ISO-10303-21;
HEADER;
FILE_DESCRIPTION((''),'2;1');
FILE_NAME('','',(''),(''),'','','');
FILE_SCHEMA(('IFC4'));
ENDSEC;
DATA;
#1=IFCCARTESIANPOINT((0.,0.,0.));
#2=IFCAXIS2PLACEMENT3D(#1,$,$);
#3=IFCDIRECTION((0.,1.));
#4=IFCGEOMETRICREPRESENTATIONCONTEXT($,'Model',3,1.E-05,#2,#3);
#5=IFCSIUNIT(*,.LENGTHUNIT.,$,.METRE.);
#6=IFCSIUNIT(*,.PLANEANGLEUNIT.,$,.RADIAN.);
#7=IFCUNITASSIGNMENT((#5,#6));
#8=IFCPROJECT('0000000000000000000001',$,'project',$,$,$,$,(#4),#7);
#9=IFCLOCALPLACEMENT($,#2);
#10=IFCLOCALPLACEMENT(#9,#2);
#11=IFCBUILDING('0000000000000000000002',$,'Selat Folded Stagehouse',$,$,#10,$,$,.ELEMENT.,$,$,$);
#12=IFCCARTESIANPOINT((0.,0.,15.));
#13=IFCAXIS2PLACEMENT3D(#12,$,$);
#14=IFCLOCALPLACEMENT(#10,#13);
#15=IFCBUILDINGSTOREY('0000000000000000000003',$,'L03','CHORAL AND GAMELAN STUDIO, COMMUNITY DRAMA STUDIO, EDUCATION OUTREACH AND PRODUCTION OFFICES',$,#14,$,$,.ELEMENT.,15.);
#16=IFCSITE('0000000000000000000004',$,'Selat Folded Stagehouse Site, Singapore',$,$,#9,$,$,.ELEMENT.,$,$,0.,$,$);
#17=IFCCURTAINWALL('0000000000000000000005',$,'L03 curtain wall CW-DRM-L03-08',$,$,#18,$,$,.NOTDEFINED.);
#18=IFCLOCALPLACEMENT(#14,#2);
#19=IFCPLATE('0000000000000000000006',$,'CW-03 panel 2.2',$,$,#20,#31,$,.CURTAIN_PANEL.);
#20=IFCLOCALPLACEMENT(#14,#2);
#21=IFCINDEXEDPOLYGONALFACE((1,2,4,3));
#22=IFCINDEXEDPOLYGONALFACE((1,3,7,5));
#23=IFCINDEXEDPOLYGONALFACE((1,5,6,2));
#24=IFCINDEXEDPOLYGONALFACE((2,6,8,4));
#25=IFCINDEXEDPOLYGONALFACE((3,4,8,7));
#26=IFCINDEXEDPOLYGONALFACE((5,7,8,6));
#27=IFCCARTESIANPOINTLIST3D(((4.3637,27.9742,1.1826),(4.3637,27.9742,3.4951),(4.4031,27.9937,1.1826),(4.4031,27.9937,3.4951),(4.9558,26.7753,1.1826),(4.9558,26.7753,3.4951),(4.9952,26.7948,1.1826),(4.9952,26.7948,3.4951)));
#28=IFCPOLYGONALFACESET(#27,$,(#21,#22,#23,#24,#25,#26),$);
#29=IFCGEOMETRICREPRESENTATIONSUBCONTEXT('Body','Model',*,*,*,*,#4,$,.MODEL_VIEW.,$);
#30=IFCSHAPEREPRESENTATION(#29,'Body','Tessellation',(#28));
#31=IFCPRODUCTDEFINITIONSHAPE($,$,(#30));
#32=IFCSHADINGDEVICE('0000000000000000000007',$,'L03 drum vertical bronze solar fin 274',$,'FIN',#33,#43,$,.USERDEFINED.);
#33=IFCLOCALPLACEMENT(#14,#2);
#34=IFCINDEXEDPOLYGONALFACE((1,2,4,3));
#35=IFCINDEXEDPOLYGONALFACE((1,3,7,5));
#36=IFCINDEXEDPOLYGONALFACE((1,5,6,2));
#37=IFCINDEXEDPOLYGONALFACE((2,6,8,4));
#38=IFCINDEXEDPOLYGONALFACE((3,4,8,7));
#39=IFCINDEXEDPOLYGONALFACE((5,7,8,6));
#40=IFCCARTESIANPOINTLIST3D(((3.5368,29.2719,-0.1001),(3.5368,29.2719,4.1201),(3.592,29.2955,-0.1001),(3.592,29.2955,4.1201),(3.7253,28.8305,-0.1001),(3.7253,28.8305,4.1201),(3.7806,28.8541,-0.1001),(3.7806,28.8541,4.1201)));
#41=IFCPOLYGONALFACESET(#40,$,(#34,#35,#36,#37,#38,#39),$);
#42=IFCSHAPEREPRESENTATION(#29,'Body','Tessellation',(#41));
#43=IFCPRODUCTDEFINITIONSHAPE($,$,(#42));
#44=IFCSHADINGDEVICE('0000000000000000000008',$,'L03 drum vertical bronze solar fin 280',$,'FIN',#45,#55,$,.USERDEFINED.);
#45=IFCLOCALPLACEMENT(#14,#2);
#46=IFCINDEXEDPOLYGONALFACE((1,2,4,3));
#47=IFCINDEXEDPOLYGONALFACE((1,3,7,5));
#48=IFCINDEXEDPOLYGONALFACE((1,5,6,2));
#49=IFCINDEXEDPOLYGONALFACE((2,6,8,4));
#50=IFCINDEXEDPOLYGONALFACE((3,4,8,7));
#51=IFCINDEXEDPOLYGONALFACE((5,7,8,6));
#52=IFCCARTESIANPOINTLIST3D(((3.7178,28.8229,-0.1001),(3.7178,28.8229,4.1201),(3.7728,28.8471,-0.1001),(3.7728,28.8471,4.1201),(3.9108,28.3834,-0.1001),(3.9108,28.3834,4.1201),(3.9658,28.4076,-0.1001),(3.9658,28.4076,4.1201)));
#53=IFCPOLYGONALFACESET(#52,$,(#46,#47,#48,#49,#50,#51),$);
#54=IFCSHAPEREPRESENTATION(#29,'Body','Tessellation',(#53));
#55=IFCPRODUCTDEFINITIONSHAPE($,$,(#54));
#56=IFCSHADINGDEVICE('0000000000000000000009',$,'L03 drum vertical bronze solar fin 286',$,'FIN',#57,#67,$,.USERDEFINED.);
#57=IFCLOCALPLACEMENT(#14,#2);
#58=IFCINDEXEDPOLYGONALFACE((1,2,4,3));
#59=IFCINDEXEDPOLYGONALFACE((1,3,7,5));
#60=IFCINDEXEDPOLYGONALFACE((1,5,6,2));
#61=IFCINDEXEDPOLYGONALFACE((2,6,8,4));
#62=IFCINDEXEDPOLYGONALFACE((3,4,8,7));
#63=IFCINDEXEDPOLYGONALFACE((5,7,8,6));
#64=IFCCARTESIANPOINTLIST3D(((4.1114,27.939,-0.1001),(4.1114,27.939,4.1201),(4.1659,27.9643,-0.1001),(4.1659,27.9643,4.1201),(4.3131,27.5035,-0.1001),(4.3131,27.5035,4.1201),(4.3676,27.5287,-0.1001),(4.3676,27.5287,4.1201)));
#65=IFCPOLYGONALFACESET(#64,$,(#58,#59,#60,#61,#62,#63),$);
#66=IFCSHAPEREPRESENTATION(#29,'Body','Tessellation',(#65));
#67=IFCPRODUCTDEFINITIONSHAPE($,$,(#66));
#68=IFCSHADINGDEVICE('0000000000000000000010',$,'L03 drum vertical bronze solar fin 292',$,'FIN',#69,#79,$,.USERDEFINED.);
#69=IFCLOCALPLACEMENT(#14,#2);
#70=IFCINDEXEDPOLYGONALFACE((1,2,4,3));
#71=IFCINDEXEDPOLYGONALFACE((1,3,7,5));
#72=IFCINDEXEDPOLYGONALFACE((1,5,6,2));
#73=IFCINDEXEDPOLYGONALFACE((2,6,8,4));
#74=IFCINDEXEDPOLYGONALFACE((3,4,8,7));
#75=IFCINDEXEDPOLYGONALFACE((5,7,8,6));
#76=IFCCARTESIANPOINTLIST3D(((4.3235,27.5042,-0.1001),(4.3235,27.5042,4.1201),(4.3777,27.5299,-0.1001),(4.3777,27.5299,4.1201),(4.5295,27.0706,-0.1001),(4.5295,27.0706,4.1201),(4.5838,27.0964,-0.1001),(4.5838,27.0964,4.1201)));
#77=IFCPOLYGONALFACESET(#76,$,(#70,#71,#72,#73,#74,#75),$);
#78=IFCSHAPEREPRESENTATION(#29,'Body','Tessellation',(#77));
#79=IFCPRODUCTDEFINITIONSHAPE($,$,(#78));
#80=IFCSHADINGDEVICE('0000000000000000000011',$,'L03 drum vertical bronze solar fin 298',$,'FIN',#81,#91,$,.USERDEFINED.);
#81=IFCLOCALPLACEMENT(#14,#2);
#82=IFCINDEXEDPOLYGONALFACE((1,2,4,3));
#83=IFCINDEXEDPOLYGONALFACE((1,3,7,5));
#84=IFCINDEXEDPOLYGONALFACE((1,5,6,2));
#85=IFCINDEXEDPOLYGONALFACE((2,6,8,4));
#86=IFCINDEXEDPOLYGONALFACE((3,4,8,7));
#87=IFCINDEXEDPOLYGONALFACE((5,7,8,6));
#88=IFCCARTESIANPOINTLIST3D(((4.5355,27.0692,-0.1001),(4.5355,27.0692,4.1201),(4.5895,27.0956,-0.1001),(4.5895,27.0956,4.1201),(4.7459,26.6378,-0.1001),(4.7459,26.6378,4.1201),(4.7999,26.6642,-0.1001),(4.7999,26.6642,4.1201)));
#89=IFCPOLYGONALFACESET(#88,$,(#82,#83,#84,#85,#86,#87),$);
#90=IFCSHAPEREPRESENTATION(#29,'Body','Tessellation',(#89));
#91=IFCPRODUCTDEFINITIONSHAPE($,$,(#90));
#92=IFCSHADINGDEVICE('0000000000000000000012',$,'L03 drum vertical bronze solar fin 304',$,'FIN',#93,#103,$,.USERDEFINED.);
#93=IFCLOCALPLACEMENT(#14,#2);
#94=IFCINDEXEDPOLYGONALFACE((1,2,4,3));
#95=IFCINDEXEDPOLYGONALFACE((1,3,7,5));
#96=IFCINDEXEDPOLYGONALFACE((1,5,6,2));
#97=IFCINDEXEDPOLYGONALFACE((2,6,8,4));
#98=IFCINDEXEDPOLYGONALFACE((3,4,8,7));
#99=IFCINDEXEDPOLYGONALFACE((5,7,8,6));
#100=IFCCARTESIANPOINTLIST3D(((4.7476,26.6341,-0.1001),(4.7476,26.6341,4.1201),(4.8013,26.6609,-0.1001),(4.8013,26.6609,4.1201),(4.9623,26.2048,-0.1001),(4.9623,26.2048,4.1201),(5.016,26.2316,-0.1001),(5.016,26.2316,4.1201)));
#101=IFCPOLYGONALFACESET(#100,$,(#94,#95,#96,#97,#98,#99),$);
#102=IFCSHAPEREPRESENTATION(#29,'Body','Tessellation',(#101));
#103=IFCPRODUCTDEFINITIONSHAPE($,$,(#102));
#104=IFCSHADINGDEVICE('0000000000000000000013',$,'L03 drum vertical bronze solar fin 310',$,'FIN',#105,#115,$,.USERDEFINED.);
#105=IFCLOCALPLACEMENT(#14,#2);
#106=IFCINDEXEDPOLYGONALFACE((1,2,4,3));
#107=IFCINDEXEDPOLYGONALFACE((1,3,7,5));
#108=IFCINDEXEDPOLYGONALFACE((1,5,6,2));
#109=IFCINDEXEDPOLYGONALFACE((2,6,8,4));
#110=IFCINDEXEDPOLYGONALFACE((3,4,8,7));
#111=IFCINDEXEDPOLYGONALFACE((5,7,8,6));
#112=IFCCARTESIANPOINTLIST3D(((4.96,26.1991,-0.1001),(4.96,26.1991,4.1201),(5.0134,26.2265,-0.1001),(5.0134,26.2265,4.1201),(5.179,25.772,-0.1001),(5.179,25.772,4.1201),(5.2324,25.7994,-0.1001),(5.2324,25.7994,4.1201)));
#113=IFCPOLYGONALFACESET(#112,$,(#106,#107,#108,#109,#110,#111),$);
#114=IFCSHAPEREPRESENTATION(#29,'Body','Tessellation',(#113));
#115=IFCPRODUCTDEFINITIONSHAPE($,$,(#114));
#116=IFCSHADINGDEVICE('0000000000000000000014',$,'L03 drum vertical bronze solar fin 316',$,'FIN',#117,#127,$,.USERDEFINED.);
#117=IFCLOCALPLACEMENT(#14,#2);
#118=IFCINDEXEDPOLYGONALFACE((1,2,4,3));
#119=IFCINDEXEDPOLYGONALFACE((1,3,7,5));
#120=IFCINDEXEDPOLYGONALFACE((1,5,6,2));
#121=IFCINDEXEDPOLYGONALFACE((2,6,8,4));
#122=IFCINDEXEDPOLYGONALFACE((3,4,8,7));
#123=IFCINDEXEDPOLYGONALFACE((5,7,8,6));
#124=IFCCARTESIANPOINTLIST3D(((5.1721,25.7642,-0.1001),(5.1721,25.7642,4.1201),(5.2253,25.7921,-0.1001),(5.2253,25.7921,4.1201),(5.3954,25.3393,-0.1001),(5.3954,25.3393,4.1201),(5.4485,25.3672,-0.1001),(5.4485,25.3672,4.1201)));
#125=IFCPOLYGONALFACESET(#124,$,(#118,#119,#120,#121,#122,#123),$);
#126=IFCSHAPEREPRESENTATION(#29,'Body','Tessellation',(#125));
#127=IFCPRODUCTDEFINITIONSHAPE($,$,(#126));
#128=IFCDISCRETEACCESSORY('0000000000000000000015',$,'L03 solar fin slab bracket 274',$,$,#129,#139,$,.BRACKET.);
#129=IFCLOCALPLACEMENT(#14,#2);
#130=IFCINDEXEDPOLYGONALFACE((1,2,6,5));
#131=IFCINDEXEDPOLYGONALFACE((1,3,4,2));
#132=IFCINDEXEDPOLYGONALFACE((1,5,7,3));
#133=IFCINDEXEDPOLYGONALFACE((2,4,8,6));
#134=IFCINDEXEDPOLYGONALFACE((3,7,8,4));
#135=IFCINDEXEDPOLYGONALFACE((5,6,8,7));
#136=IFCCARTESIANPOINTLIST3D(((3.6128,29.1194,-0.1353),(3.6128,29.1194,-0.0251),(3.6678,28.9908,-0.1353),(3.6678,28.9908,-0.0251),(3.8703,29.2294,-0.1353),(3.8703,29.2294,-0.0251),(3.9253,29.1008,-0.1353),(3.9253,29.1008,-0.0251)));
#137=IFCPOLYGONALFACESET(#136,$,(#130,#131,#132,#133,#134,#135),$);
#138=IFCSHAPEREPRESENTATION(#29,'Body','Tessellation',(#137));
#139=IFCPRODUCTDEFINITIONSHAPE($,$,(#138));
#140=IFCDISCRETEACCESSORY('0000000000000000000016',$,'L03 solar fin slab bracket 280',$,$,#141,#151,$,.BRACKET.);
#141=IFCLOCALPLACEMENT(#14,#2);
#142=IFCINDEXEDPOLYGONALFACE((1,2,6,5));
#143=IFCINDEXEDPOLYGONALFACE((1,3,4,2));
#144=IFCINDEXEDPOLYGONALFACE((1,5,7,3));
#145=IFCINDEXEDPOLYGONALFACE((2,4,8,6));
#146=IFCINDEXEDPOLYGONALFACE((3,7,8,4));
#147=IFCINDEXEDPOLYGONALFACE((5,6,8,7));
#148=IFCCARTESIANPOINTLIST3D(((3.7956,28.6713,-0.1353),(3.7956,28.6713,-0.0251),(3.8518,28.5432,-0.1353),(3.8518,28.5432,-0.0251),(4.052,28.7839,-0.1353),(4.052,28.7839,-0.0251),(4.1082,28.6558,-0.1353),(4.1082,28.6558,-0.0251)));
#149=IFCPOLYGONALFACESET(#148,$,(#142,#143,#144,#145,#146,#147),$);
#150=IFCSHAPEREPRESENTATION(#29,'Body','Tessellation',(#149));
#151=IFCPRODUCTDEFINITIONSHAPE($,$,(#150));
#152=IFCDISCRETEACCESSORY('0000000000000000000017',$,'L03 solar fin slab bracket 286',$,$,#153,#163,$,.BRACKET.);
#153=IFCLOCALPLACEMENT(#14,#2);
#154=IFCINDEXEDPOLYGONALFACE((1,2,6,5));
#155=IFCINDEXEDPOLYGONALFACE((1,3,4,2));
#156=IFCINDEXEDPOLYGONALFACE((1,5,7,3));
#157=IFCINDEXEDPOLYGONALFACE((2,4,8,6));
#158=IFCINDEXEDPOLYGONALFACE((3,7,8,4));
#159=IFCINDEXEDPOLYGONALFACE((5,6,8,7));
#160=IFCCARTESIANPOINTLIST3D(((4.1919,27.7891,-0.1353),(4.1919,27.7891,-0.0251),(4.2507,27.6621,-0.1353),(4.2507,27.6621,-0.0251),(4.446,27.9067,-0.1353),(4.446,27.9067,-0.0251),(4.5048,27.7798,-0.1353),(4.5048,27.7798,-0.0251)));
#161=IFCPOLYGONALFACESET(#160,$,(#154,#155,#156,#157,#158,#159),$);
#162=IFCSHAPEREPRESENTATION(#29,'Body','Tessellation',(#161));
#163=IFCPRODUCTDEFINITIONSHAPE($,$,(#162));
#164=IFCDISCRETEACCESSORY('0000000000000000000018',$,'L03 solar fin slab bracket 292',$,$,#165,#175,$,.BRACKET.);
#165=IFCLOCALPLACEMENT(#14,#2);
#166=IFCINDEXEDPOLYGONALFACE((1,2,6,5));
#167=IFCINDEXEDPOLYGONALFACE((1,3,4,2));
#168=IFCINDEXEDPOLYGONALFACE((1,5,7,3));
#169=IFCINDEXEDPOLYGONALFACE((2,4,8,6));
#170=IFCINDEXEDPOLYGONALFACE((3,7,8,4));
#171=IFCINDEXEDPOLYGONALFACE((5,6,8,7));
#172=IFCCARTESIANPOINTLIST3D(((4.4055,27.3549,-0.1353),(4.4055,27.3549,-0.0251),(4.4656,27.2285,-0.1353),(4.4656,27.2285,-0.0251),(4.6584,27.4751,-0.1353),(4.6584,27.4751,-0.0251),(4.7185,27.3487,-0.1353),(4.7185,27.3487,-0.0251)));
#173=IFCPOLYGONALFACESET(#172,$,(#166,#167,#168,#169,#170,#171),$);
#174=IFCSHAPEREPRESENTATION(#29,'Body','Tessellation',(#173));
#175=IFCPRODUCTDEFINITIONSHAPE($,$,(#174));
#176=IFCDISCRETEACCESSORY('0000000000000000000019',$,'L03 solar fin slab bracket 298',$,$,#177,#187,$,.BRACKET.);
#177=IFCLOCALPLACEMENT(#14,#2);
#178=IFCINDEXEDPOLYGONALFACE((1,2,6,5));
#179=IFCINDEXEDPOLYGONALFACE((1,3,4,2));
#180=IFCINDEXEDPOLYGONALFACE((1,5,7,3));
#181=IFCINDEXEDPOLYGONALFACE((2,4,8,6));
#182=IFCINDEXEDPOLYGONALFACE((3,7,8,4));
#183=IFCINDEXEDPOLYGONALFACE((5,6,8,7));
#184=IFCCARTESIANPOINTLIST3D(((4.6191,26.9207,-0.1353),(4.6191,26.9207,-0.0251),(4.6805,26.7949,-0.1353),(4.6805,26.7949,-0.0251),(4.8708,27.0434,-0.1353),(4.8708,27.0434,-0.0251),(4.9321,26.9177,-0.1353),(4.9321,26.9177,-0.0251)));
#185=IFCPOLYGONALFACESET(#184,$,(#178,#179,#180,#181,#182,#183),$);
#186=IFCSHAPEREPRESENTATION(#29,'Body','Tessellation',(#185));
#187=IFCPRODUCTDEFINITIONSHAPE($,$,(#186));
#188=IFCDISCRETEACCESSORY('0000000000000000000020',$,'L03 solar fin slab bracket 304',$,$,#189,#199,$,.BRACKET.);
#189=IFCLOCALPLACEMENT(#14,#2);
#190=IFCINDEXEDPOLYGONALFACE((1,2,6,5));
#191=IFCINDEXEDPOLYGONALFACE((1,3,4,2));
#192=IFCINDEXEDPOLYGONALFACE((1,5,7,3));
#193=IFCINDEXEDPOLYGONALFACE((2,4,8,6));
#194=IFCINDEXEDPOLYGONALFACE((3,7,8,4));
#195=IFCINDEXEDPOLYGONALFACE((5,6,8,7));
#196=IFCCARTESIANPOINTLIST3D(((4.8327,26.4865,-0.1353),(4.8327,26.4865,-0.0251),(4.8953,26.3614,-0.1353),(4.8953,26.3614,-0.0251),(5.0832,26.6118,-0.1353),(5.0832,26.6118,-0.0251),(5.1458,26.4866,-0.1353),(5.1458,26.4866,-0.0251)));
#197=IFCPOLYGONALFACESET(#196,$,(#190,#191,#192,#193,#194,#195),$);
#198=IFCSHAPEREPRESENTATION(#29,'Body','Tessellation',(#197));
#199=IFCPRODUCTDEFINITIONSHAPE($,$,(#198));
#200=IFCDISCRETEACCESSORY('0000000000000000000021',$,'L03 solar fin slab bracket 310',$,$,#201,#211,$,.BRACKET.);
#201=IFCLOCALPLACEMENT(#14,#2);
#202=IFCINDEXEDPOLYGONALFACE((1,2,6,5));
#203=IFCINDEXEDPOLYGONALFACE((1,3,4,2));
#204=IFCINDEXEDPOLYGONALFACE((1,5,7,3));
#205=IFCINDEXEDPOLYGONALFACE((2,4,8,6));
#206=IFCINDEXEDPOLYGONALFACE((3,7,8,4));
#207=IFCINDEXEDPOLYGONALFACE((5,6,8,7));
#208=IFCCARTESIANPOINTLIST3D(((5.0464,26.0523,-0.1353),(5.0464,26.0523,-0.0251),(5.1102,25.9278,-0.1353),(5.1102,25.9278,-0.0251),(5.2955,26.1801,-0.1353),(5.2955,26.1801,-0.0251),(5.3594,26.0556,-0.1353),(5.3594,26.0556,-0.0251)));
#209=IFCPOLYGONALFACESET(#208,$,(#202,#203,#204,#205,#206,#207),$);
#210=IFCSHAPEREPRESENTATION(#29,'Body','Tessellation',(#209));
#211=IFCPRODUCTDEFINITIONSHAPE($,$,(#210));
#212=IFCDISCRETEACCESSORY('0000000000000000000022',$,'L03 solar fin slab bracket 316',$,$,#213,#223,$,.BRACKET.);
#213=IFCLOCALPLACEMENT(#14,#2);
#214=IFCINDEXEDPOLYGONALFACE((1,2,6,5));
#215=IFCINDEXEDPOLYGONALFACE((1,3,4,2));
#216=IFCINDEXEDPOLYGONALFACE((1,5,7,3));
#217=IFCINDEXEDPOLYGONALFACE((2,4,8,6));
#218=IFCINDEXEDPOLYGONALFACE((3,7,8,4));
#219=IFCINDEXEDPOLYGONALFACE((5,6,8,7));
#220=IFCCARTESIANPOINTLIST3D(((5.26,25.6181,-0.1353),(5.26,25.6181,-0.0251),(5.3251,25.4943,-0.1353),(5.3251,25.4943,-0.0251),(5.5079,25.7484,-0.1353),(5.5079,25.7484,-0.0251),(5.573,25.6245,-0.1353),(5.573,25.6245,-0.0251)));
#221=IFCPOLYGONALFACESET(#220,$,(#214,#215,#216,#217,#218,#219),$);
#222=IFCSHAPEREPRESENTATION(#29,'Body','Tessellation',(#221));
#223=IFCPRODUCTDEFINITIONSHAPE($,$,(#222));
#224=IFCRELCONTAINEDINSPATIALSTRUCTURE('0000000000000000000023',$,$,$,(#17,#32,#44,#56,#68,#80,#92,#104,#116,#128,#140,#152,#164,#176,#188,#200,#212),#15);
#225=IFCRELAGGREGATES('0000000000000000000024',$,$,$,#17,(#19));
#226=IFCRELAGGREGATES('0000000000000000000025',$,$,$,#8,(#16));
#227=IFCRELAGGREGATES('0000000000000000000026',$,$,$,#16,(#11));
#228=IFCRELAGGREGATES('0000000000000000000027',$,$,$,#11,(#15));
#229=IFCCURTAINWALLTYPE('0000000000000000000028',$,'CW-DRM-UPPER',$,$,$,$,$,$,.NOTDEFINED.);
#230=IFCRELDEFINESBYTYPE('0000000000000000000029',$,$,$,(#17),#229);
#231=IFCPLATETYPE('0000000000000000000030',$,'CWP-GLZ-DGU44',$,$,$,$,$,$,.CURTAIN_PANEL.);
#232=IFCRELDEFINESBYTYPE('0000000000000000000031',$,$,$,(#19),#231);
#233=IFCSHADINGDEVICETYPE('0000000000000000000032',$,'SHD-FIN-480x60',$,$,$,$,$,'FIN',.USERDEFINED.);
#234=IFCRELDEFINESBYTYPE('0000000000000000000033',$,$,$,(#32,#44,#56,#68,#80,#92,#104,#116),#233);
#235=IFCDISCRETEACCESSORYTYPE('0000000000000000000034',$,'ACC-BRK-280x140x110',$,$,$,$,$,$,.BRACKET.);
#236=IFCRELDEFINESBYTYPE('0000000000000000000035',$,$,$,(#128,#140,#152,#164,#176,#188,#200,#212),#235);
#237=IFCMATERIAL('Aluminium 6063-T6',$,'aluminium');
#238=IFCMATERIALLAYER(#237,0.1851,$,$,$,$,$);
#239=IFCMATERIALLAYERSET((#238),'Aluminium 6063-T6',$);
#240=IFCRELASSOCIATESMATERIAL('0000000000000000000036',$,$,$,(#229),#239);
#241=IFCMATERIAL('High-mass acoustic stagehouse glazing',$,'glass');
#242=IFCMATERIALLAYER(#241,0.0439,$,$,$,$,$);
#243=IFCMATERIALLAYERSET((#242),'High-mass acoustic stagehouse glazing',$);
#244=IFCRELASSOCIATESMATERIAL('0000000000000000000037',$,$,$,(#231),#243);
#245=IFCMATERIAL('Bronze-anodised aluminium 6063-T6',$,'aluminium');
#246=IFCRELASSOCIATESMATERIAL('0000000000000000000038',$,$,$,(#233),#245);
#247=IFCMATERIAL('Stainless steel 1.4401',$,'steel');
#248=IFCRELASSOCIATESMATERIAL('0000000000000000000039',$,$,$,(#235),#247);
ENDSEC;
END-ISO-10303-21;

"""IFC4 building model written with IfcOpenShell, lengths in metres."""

from ifc_helpers import new_model, si_unit, direction, frame, origin, origin_2d, place, context, subcontext, project, spatial, rectangle, extrude, material, layer, layer_set, material_profile, profile_set, type_object, element, aggregate, save


model = new_model("IFC4")

# Units and contexts
model_context = context("Model", 3, precision=1e-05, world=origin(), true_north=direction((0.0, 1.0)))
body_context = subcontext(model_context, "Body", "Model", "MODEL_VIEW")
ifc_project = project(units=[si_unit("LENGTHUNIT", "METRE"), si_unit("PLANEANGLEUNIT", "RADIAN")], contexts=[model_context])

# Site, building, storey
site_placement = place(None, origin())
site = spatial("IfcSite", under=ifc_project, at=site_placement, Name="Selat Folded Stagehouse Site, Singapore", CompositionType="ELEMENT", RefElevation=0.0)
building_placement = place(site_placement, origin())
building = spatial("IfcBuilding", under=site, at=building_placement, Name="Selat Folded Stagehouse", CompositionType="ELEMENT")
storey_placement = place(building_placement, frame((0.0, 0.0, 15.0)))
storey = spatial("IfcBuildingStorey", under=building, at=storey_placement, Name="L03", Description="CHORAL AND GAMELAN STUDIO, COMMUNITY DRAMA STUDIO, EDUCATION OUTREACH AND PRODUCTION OFFICES", CompositionType="ELEMENT", Elevation=15.0)

# Shared definitions
ifc_material_1 = material(Name="Aluminium 6063-T6", Category="aluminium")
ifc_layer_1 = layer(ifc_material_1, 0.1851)
ifc_layer_set_1 = layer_set([ifc_layer_1], Name="Aluminium 6063-T6")
curtain_wall_type = type_object("IfcCurtainWallType", Name="CW-DRM-UPPER", PredefinedType="NOTDEFINED", material=ifc_layer_set_1)

# Curtain wall
curtain_wall_1_placement = place(storey_placement, origin())
curtain_wall_1 = element("IfcCurtainWall", 1, at=curtain_wall_1_placement, inside=storey, type_object=curtain_wall_type, Name="L03 curtain wall CW-DRM-L03-08", PredefinedType="NOTDEFINED")

# Plate
ifc_material_2 = material(Name="High-mass acoustic stagehouse glazing", Category="glass")
ifc_layer_2 = layer(ifc_material_2, 0.0439)
ifc_layer_set_2 = layer_set([ifc_layer_2], Name="High-mass acoustic stagehouse glazing")
plate_type = type_object("IfcPlateType", Name="CWP-GLZ-DGU44", PredefinedType="CURTAIN_PANEL", material=ifc_layer_set_2)
plate_1_placement = place(storey_placement, frame((4.6794, 27.3845, 1.1826), z_axis=(0.0, 0.0, 1.0), x_axis=(-0.442845, 0.896598, 0.0)))
plate_1 = element("IfcPlate", 2, at=plate_1_placement, type_object=plate_type, Name="CW-03 panel 2.2", PredefinedType="CURTAIN_PANEL", context=body_context, shape_type="SweptSolid", body=[
    extrude(rectangle(XDim=1.3372, YDim=0.0439, at=origin_2d()), origin(), (0.0, 0.0, 1.0), 2.3125),
])
aggregate(curtain_wall_1, [plate_1])

# Shading devices
ifc_material_3 = material(Name="Bronze-anodised aluminium 6063-T6", Category="aluminium")
ifc_material_profile_1 = material_profile(ifc_material_3, rectangle(XDim=0.0601, YDim=0.48, at=origin_2d()), Name="SOLAR-FIN 480x60")
ifc_profile_set_1 = profile_set([ifc_material_profile_1], Name="Bronze-anodised aluminium 6063-T6")
shading_device_type = type_object("IfcShadingDeviceType", Name="SHD-FIN-480x60", ElementType="FIN", PredefinedType="USERDEFINED", material=ifc_profile_set_1)
for number, where, z_axis, x_axis, name in (
    (3, (3.6587, 29.063, -0.1001), (0.0, 0.0, 1.0), (-0.919616, -0.392819, 0.0), "L03 drum vertical bronze solar fin 274"),
    (4, (3.8418, 28.6152, -0.1001), (0.0, 0.0, 1.0), (-0.915663, -0.401948, 0.0), "L03 drum vertical bronze solar fin 280"),
    (5, (4.2395, 27.7339, -0.1001), (0.0, 0.0, 1.0), (-0.907411, -0.420244, 0.0), "L03 drum vertical bronze solar fin 286"),
    (6, (4.4536, 27.3003, -0.1001), (0.0, 0.0, 1.0), (-0.903186, -0.42925, 0.0), "L03 drum vertical bronze solar fin 292"),
    (7, (4.6677, 26.8667, -0.1001), (0.0, 0.0, 1.0), (-0.898794, -0.438371, 0.0), "L03 drum vertical bronze solar fin 298"),
    (8, (4.8818, 26.4329, -0.1001), (0.0, 0.0, 1.0), (-0.894389, -0.447291, 0.0), "L03 drum vertical bronze solar fin 304"),
    (9, (5.0962, 25.9993, -0.1001), (0.0, 0.0, 1.0), (-0.889815, -0.456322, 0.0), "L03 drum vertical bronze solar fin 310"),
    (10, (5.3103, 25.5657, -0.1001), (0.0, 0.0, 1.0), (-0.885231, -0.465151, 0.0), "L03 drum vertical bronze solar fin 316"),
):
    element("IfcShadingDevice", number, at=place(storey_placement, frame(where, z_axis=z_axis, x_axis=x_axis)), inside=storey, type_object=shading_device_type, Name=name, ObjectType="FIN", PredefinedType="USERDEFINED", context=body_context, shape_type="SweptSolid", body=[
        extrude(rectangle(XDim=0.0601, YDim=0.48, at=origin_2d()), origin(), (0.0, 0.0, 1.0), 4.2202),
    ])

# Discrete accessories
ifc_material_4 = material(Name="Stainless steel 1.4401", Category="steel")
discrete_accessory_type = type_object("IfcDiscreteAccessoryType", Name="ACC-BRK-280x140x110", PredefinedType="BRACKET", material=ifc_material_4)
for number, where, z_axis, x_axis, name in (
    (11, (3.769, 29.1101, -0.1353), (0.0, 0.0, 1.0), (-0.919616, -0.392819, 0.0), "L03 solar fin slab bracket 274"),
    (12, (3.9519, 28.6636, -0.1353), (0.0, 0.0, 1.0), (-0.915663, -0.401948, 0.0), "L03 solar fin slab bracket 280"),
    (13, (4.3484, 27.7844, -0.1353), (0.0, 0.0, 1.0), (-0.907411, -0.420244, 0.0), "L03 solar fin slab bracket 286"),
    (14, (4.562, 27.3518, -0.1353), (0.0, 0.0, 1.0), (-0.903186, -0.42925, 0.0), "L03 solar fin slab bracket 292"),
    (15, (4.7756, 26.9192, -0.1353), (0.0, 0.0, 1.0), (-0.898794, -0.438371, 0.0), "L03 solar fin slab bracket 298"),
    (16, (4.9893, 26.4866, -0.1353), (0.0, 0.0, 1.0), (-0.894389, -0.447291, 0.0), "L03 solar fin slab bracket 304"),
    (17, (5.2029, 26.054, -0.1353), (0.0, 0.0, 1.0), (-0.889815, -0.456322, 0.0), "L03 solar fin slab bracket 310"),
    (18, (5.4165, 25.6213, -0.1353), (0.0, 0.0, 1.0), (-0.885231, -0.465151, 0.0), "L03 solar fin slab bracket 316"),
):
    element("IfcDiscreteAccessory", number, at=place(storey_placement, frame(where, z_axis=z_axis, x_axis=x_axis)), inside=storey, type_object=discrete_accessory_type, Name=name, PredefinedType="BRACKET", context=body_context, shape_type="SweptSolid", body=[
        extrude(rectangle(XDim=0.28, YDim=0.1399, at=origin_2d()), origin(), (0.0, 0.0, 1.0), 0.1101),
    ])

save(model, "model.ifc")
